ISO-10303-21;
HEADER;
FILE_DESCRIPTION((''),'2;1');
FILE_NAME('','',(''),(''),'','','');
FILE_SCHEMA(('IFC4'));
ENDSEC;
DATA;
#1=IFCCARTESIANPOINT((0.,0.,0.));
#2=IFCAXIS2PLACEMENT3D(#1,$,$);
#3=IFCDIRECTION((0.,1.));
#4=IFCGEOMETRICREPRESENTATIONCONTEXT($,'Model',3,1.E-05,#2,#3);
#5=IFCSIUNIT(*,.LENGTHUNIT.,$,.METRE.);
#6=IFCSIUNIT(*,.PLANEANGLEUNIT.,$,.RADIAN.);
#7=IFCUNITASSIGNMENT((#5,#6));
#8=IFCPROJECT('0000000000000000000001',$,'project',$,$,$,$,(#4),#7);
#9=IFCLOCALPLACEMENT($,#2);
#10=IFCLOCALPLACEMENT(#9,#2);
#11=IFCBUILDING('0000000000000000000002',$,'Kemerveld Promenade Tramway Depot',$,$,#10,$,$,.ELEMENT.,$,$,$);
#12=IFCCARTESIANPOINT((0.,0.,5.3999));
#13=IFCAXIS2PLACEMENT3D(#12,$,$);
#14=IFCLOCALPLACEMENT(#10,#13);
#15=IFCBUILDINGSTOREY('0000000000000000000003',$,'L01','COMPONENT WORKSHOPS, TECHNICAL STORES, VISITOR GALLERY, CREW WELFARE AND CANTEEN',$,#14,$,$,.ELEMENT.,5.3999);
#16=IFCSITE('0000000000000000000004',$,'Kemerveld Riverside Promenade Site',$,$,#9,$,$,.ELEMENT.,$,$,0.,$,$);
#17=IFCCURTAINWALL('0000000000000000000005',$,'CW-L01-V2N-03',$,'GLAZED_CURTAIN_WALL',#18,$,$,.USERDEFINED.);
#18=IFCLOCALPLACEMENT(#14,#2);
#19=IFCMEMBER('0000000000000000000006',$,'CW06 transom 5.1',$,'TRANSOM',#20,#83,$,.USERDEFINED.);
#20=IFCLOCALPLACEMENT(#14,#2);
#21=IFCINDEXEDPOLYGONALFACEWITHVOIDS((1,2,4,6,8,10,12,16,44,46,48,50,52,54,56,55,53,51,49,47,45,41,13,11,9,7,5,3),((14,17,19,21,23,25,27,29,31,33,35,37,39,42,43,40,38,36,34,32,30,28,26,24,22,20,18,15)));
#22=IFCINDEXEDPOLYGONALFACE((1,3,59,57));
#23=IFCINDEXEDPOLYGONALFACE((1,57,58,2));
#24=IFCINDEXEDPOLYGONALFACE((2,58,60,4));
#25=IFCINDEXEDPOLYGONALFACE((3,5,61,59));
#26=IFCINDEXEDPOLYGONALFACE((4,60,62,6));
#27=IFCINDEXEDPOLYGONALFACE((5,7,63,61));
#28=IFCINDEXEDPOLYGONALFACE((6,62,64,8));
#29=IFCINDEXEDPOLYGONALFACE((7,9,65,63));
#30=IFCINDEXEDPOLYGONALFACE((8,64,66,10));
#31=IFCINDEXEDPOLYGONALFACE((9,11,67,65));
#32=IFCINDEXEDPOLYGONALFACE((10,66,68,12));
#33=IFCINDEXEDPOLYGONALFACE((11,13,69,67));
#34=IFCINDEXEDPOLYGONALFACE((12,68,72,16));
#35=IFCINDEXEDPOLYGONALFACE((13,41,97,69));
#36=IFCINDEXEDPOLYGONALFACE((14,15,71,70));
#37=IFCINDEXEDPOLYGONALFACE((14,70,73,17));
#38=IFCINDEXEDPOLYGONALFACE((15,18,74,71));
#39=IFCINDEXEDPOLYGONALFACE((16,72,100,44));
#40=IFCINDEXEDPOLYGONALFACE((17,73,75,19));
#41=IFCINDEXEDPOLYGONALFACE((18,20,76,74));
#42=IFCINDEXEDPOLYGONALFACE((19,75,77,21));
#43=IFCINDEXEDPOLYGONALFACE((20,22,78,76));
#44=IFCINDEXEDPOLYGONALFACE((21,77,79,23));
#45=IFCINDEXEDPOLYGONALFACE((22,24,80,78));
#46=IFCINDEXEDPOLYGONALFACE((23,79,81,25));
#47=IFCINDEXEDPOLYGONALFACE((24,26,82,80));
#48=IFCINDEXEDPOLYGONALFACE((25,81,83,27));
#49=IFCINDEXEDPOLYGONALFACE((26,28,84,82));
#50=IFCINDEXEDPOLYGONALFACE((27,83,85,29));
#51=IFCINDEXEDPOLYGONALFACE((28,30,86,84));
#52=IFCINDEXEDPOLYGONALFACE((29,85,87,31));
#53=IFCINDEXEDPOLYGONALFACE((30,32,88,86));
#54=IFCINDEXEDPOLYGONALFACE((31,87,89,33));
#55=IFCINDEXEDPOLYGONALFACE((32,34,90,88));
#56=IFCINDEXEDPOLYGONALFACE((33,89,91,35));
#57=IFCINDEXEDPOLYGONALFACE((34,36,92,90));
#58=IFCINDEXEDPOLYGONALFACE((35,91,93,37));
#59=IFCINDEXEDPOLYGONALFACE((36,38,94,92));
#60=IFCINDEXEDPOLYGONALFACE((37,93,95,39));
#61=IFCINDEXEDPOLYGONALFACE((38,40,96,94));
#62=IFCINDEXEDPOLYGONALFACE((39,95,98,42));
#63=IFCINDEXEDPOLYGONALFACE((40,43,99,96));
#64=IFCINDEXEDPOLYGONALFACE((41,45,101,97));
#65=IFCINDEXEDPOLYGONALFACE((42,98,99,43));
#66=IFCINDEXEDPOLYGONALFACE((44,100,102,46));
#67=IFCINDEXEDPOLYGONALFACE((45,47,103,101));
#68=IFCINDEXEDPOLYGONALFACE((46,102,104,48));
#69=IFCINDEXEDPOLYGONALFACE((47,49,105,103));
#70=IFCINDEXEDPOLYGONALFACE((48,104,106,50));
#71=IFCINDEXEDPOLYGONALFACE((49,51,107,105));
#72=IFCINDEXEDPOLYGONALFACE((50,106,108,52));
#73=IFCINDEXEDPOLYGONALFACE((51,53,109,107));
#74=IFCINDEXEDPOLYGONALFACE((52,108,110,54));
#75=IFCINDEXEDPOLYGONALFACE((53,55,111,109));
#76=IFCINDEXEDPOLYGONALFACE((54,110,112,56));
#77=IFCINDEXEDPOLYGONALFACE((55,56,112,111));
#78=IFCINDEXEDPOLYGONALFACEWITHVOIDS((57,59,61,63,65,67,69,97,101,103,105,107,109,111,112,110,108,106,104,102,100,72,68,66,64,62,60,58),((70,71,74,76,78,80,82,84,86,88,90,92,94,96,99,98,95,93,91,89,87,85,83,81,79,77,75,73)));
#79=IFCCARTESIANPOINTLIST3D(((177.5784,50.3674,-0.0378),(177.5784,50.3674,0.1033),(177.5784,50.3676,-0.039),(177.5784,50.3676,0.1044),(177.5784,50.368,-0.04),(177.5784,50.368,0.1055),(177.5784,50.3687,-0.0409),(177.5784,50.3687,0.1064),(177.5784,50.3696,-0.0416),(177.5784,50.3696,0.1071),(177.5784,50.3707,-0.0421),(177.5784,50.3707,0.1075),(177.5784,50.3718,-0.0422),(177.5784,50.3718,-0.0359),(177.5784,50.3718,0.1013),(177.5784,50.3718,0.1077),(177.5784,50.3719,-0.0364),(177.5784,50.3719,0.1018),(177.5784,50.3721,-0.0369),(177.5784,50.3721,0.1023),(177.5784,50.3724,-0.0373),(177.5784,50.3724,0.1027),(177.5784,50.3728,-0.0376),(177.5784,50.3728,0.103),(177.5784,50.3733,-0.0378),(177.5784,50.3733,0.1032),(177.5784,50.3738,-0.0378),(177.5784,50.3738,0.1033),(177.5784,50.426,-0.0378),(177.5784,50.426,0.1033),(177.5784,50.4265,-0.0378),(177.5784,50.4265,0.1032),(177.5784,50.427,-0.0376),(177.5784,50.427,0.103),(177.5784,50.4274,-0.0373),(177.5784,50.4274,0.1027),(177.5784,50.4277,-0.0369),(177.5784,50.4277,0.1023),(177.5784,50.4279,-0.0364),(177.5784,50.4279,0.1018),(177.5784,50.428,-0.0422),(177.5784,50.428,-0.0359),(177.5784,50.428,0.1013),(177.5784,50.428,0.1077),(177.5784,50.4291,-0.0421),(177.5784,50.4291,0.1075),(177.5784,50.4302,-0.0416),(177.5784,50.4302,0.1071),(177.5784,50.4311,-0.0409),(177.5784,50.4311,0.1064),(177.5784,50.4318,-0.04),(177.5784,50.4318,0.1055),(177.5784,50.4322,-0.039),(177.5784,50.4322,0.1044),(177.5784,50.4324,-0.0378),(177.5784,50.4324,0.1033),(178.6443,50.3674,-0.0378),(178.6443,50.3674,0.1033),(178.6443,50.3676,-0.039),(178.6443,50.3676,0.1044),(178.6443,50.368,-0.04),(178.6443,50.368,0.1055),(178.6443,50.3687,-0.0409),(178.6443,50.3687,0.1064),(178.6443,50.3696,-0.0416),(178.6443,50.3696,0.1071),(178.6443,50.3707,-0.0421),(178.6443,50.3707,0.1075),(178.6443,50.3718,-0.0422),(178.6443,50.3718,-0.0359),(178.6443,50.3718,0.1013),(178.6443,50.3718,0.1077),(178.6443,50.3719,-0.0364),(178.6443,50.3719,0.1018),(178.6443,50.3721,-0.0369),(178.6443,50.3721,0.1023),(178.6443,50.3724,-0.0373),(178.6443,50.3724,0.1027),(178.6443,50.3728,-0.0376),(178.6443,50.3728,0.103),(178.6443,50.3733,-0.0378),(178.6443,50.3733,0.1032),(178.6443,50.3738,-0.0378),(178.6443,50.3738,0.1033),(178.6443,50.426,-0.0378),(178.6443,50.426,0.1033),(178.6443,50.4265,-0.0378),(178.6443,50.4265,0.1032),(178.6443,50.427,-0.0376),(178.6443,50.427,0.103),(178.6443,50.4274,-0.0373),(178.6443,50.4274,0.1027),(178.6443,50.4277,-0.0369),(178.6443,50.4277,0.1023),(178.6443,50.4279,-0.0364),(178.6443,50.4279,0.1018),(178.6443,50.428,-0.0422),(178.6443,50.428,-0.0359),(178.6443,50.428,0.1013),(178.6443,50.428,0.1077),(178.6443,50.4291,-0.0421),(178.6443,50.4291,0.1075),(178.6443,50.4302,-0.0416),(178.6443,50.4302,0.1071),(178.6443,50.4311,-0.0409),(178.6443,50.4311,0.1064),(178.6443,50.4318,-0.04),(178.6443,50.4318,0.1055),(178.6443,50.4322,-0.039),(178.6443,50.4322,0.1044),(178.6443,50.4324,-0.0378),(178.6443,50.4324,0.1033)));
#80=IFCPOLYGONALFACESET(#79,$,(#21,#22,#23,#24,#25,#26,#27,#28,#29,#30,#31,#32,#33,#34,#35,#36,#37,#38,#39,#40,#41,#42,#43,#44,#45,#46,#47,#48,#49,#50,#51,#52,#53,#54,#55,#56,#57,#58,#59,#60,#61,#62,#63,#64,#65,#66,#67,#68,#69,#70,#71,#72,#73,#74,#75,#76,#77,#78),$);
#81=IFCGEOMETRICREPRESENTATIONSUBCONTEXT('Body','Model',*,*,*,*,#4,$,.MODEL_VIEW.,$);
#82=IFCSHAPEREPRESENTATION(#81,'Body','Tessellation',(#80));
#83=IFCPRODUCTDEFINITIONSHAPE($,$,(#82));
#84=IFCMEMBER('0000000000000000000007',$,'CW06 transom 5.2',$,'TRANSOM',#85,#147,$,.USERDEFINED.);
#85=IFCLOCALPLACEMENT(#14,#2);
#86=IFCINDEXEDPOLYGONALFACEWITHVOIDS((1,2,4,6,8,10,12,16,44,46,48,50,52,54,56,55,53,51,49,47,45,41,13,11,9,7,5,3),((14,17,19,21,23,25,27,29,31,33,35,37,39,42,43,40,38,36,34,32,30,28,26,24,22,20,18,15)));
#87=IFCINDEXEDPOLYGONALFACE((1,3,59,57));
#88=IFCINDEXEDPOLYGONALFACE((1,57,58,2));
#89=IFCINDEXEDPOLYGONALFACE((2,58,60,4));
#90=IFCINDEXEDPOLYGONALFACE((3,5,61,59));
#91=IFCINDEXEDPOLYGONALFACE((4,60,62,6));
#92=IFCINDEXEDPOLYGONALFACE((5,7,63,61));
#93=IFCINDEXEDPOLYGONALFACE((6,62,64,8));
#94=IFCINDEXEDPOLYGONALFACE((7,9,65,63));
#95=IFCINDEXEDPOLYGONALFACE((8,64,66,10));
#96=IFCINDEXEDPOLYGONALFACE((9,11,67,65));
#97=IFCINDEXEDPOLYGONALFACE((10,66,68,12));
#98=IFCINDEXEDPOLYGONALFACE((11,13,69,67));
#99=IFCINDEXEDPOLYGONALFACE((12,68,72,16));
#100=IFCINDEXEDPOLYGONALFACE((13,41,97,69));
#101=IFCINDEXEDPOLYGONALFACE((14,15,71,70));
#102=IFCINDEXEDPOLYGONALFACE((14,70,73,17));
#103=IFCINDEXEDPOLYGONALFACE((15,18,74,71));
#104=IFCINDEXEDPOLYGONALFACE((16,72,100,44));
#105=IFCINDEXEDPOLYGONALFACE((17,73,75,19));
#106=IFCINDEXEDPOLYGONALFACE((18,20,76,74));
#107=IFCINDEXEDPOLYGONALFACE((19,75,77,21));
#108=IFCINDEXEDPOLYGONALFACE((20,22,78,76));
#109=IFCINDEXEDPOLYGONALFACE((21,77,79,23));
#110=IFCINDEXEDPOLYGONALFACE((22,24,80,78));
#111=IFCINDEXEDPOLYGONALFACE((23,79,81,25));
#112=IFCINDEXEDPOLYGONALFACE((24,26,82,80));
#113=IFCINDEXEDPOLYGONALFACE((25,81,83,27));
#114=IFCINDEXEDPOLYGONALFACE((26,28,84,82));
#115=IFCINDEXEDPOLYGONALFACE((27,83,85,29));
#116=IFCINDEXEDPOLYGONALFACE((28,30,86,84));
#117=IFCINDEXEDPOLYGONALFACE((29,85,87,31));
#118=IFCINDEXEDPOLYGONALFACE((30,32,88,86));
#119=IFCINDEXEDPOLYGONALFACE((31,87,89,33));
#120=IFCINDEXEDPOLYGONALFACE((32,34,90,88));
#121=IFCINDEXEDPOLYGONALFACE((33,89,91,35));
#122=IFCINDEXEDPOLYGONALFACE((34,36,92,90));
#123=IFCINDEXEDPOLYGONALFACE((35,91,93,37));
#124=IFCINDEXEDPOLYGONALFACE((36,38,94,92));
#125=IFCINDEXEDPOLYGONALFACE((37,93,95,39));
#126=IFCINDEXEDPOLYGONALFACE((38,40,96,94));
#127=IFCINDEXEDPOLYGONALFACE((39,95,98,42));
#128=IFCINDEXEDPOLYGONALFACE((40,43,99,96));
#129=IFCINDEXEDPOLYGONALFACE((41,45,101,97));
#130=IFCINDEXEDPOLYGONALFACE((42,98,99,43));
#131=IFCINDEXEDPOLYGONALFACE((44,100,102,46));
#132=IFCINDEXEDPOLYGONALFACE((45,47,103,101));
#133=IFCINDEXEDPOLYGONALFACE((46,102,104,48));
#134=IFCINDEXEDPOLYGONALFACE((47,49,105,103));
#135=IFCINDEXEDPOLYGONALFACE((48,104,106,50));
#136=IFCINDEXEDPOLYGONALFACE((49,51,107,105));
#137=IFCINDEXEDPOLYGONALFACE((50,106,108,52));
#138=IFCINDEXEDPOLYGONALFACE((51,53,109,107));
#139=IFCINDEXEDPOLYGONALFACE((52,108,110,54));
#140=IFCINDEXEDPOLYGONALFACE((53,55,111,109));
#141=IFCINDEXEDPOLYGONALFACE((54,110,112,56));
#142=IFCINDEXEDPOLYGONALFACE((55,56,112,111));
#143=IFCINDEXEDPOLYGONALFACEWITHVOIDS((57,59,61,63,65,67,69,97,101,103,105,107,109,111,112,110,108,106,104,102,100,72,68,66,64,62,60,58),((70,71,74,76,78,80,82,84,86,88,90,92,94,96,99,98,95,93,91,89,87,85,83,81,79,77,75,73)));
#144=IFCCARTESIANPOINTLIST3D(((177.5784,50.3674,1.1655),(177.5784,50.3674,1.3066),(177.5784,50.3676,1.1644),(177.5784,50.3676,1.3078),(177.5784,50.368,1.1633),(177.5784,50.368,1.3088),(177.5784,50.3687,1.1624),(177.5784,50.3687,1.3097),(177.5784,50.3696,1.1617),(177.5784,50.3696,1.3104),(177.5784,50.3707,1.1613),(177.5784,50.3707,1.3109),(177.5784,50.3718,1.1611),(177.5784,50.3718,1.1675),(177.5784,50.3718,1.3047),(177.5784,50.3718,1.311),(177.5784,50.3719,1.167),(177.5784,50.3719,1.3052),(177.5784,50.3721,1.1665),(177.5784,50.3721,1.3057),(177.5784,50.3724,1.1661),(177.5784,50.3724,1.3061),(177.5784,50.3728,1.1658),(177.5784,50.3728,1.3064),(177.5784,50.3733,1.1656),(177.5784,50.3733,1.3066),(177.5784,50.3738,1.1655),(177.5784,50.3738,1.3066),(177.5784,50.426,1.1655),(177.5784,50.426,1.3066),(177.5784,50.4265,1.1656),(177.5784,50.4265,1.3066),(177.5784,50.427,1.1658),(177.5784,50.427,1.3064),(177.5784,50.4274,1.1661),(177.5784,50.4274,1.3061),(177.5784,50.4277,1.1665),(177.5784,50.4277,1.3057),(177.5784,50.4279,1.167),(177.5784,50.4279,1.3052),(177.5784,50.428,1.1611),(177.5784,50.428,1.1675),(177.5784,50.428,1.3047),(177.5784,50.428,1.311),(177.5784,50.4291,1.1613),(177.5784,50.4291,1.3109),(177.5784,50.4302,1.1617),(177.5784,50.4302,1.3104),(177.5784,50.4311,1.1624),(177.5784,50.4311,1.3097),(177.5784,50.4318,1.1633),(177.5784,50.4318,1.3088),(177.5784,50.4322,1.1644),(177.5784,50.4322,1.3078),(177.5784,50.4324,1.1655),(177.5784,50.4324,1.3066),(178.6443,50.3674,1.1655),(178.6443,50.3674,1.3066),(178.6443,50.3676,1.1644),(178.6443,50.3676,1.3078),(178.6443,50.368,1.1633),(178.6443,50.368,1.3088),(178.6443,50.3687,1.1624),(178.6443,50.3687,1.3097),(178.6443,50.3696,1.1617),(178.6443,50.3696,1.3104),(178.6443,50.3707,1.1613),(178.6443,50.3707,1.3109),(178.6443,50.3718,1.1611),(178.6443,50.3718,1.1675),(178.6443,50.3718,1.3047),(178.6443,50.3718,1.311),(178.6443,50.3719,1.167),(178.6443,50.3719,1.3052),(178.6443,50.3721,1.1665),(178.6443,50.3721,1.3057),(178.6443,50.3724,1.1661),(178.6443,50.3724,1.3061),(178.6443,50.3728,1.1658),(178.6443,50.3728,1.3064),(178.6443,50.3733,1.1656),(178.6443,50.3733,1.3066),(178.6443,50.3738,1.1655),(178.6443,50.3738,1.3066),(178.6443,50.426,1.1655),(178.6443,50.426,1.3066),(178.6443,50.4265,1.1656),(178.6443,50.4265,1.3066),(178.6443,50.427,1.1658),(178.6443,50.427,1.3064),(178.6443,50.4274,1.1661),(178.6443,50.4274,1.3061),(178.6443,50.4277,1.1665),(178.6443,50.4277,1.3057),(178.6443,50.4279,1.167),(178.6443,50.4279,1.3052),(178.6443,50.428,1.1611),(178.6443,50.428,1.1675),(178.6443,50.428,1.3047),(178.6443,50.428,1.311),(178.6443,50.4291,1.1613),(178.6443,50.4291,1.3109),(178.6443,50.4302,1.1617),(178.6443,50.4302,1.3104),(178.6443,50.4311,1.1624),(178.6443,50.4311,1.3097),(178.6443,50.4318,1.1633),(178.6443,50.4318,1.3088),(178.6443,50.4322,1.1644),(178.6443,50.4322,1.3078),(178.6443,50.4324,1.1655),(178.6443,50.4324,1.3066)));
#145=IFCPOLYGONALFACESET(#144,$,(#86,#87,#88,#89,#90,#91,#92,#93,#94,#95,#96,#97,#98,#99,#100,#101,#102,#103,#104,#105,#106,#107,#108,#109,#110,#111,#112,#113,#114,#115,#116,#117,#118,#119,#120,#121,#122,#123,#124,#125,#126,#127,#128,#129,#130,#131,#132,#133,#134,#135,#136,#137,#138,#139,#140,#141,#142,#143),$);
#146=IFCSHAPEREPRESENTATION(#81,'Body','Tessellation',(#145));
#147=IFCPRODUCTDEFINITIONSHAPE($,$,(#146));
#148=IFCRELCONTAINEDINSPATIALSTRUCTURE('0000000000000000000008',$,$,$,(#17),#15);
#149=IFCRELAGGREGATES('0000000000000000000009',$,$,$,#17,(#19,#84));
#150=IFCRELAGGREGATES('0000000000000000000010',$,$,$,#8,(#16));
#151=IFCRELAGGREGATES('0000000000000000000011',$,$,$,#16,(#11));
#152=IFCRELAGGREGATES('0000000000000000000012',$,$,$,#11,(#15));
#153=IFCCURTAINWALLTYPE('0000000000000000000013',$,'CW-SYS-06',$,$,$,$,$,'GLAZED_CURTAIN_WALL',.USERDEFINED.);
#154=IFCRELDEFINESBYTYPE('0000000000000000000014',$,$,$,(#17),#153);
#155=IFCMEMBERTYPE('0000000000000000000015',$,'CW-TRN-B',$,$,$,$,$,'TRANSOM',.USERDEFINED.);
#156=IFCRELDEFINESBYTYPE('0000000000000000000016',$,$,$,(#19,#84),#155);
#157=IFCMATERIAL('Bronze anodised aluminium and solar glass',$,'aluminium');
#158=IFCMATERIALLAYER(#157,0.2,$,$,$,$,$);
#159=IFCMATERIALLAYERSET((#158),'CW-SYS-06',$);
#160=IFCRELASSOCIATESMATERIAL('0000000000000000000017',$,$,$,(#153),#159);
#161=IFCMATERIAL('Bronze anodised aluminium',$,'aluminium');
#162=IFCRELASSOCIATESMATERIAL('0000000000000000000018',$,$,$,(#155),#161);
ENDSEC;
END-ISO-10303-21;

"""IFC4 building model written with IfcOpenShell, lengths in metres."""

from ifc_helpers import new_model, si_unit, direction, frame, origin, origin_2d, place, context, subcontext, project, spatial, hollow_rectangle, extrude, material, layer, layer_set, material_profile, profile_set, type_object, element, aggregate, save


model = new_model("IFC4")

# Units and contexts
model_context = context("Model", 3, precision=1e-05, world=origin(), true_north=direction((0.0, 1.0)))
body_context = subcontext(model_context, "Body", "Model", "MODEL_VIEW")
ifc_project = project(units=[si_unit("LENGTHUNIT", "METRE"), si_unit("PLANEANGLEUNIT", "RADIAN")], contexts=[model_context])

# Site, building, storey
site_placement = place(None, origin())
site = spatial("IfcSite", under=ifc_project, at=site_placement, Name="Kemerveld Riverside Promenade Site", CompositionType="ELEMENT", RefElevation=0.0)
building_placement = place(site_placement, origin())
building = spatial("IfcBuilding", under=site, at=building_placement, Name="Kemerveld Promenade Tramway Depot", CompositionType="ELEMENT")
storey_placement = place(building_placement, frame((0.0, 0.0, 5.3999)))
storey = spatial("IfcBuildingStorey", under=building, at=storey_placement, Name="L01", Description="COMPONENT WORKSHOPS, TECHNICAL STORES, VISITOR GALLERY, CREW WELFARE AND CANTEEN", CompositionType="ELEMENT", Elevation=5.3999)

# Curtain wall, members
ifc_material_1 = material(Name="Bronze anodised aluminium and solar glass", Category="aluminium")
ifc_layer_1 = layer(ifc_material_1, 0.2)
ifc_layer_set_1 = layer_set([ifc_layer_1], Name="CW-SYS-06")
curtain_wall_type = type_object("IfcCurtainWallType", Name="CW-SYS-06", ElementType="GLAZED_CURTAIN_WALL", PredefinedType="USERDEFINED", material=ifc_layer_set_1)
curtain_wall_placement = place(storey_placement, origin())
curtain_wall = element("IfcCurtainWall", 1, at=curtain_wall_placement, inside=storey, type_object=curtain_wall_type, Name="CW-L01-V2N-03", ObjectType="GLAZED_CURTAIN_WALL", PredefinedType="USERDEFINED")
ifc_material_2 = material(Name="Bronze anodised aluminium", Category="aluminium")
ifc_material_profile_1 = material_profile(ifc_material_2, hollow_rectangle(XDim=0.0649, YDim=0.1499, WallThickness=0.0044, InnerFilletRadius=0.002, OuterFilletRadius=0.0044, at=origin_2d()), Name="CW-TRN-150x65")
ifc_profile_set_1 = profile_set([ifc_material_profile_1], Name="Bronze anodised aluminium")
member_type_1 = type_object("IfcMemberType", Name="CW-TRN-B", ElementType="TRANSOM", PredefinedType="USERDEFINED", material=ifc_profile_set_1)
member_1_placement = place(storey_placement, frame((177.5784, 50.3999, 0.0327), z_axis=(1.0, 0.0, 0.0), x_axis=(0.0, 1.0, 0.0)))
member_1 = element("IfcMember", 2, at=member_1_placement, type_object=member_type_1, Name="CW06 transom 5.1", ObjectType="TRANSOM", PredefinedType="USERDEFINED", context=body_context, shape_type="SweptSolid", body=[
    extrude(hollow_rectangle(XDim=0.0649, YDim=0.1499, WallThickness=0.0044, InnerFilletRadius=0.002, OuterFilletRadius=0.0044, at=origin_2d()), origin(), (0.0, 0.0, 1.0), 1.0659),
])
member_2_placement = place(storey_placement, frame((177.5784, 50.3999, 1.2361), z_axis=(1.0, 0.0, 0.0), x_axis=(0.0, 1.0, 0.0)))
member_2 = element("IfcMember", 3, at=member_2_placement, type_object=member_type_1, Name="CW06 transom 5.2", ObjectType="TRANSOM", PredefinedType="USERDEFINED", context=body_context, shape_type="SweptSolid", body=[
    extrude(hollow_rectangle(XDim=0.0649, YDim=0.1499, WallThickness=0.0044, InnerFilletRadius=0.002, OuterFilletRadius=0.0044, at=origin_2d()), origin(), (0.0, 0.0, 1.0), 1.0659),
])
aggregate(curtain_wall, [member_1, member_2])

save(model, "model.ifc")
